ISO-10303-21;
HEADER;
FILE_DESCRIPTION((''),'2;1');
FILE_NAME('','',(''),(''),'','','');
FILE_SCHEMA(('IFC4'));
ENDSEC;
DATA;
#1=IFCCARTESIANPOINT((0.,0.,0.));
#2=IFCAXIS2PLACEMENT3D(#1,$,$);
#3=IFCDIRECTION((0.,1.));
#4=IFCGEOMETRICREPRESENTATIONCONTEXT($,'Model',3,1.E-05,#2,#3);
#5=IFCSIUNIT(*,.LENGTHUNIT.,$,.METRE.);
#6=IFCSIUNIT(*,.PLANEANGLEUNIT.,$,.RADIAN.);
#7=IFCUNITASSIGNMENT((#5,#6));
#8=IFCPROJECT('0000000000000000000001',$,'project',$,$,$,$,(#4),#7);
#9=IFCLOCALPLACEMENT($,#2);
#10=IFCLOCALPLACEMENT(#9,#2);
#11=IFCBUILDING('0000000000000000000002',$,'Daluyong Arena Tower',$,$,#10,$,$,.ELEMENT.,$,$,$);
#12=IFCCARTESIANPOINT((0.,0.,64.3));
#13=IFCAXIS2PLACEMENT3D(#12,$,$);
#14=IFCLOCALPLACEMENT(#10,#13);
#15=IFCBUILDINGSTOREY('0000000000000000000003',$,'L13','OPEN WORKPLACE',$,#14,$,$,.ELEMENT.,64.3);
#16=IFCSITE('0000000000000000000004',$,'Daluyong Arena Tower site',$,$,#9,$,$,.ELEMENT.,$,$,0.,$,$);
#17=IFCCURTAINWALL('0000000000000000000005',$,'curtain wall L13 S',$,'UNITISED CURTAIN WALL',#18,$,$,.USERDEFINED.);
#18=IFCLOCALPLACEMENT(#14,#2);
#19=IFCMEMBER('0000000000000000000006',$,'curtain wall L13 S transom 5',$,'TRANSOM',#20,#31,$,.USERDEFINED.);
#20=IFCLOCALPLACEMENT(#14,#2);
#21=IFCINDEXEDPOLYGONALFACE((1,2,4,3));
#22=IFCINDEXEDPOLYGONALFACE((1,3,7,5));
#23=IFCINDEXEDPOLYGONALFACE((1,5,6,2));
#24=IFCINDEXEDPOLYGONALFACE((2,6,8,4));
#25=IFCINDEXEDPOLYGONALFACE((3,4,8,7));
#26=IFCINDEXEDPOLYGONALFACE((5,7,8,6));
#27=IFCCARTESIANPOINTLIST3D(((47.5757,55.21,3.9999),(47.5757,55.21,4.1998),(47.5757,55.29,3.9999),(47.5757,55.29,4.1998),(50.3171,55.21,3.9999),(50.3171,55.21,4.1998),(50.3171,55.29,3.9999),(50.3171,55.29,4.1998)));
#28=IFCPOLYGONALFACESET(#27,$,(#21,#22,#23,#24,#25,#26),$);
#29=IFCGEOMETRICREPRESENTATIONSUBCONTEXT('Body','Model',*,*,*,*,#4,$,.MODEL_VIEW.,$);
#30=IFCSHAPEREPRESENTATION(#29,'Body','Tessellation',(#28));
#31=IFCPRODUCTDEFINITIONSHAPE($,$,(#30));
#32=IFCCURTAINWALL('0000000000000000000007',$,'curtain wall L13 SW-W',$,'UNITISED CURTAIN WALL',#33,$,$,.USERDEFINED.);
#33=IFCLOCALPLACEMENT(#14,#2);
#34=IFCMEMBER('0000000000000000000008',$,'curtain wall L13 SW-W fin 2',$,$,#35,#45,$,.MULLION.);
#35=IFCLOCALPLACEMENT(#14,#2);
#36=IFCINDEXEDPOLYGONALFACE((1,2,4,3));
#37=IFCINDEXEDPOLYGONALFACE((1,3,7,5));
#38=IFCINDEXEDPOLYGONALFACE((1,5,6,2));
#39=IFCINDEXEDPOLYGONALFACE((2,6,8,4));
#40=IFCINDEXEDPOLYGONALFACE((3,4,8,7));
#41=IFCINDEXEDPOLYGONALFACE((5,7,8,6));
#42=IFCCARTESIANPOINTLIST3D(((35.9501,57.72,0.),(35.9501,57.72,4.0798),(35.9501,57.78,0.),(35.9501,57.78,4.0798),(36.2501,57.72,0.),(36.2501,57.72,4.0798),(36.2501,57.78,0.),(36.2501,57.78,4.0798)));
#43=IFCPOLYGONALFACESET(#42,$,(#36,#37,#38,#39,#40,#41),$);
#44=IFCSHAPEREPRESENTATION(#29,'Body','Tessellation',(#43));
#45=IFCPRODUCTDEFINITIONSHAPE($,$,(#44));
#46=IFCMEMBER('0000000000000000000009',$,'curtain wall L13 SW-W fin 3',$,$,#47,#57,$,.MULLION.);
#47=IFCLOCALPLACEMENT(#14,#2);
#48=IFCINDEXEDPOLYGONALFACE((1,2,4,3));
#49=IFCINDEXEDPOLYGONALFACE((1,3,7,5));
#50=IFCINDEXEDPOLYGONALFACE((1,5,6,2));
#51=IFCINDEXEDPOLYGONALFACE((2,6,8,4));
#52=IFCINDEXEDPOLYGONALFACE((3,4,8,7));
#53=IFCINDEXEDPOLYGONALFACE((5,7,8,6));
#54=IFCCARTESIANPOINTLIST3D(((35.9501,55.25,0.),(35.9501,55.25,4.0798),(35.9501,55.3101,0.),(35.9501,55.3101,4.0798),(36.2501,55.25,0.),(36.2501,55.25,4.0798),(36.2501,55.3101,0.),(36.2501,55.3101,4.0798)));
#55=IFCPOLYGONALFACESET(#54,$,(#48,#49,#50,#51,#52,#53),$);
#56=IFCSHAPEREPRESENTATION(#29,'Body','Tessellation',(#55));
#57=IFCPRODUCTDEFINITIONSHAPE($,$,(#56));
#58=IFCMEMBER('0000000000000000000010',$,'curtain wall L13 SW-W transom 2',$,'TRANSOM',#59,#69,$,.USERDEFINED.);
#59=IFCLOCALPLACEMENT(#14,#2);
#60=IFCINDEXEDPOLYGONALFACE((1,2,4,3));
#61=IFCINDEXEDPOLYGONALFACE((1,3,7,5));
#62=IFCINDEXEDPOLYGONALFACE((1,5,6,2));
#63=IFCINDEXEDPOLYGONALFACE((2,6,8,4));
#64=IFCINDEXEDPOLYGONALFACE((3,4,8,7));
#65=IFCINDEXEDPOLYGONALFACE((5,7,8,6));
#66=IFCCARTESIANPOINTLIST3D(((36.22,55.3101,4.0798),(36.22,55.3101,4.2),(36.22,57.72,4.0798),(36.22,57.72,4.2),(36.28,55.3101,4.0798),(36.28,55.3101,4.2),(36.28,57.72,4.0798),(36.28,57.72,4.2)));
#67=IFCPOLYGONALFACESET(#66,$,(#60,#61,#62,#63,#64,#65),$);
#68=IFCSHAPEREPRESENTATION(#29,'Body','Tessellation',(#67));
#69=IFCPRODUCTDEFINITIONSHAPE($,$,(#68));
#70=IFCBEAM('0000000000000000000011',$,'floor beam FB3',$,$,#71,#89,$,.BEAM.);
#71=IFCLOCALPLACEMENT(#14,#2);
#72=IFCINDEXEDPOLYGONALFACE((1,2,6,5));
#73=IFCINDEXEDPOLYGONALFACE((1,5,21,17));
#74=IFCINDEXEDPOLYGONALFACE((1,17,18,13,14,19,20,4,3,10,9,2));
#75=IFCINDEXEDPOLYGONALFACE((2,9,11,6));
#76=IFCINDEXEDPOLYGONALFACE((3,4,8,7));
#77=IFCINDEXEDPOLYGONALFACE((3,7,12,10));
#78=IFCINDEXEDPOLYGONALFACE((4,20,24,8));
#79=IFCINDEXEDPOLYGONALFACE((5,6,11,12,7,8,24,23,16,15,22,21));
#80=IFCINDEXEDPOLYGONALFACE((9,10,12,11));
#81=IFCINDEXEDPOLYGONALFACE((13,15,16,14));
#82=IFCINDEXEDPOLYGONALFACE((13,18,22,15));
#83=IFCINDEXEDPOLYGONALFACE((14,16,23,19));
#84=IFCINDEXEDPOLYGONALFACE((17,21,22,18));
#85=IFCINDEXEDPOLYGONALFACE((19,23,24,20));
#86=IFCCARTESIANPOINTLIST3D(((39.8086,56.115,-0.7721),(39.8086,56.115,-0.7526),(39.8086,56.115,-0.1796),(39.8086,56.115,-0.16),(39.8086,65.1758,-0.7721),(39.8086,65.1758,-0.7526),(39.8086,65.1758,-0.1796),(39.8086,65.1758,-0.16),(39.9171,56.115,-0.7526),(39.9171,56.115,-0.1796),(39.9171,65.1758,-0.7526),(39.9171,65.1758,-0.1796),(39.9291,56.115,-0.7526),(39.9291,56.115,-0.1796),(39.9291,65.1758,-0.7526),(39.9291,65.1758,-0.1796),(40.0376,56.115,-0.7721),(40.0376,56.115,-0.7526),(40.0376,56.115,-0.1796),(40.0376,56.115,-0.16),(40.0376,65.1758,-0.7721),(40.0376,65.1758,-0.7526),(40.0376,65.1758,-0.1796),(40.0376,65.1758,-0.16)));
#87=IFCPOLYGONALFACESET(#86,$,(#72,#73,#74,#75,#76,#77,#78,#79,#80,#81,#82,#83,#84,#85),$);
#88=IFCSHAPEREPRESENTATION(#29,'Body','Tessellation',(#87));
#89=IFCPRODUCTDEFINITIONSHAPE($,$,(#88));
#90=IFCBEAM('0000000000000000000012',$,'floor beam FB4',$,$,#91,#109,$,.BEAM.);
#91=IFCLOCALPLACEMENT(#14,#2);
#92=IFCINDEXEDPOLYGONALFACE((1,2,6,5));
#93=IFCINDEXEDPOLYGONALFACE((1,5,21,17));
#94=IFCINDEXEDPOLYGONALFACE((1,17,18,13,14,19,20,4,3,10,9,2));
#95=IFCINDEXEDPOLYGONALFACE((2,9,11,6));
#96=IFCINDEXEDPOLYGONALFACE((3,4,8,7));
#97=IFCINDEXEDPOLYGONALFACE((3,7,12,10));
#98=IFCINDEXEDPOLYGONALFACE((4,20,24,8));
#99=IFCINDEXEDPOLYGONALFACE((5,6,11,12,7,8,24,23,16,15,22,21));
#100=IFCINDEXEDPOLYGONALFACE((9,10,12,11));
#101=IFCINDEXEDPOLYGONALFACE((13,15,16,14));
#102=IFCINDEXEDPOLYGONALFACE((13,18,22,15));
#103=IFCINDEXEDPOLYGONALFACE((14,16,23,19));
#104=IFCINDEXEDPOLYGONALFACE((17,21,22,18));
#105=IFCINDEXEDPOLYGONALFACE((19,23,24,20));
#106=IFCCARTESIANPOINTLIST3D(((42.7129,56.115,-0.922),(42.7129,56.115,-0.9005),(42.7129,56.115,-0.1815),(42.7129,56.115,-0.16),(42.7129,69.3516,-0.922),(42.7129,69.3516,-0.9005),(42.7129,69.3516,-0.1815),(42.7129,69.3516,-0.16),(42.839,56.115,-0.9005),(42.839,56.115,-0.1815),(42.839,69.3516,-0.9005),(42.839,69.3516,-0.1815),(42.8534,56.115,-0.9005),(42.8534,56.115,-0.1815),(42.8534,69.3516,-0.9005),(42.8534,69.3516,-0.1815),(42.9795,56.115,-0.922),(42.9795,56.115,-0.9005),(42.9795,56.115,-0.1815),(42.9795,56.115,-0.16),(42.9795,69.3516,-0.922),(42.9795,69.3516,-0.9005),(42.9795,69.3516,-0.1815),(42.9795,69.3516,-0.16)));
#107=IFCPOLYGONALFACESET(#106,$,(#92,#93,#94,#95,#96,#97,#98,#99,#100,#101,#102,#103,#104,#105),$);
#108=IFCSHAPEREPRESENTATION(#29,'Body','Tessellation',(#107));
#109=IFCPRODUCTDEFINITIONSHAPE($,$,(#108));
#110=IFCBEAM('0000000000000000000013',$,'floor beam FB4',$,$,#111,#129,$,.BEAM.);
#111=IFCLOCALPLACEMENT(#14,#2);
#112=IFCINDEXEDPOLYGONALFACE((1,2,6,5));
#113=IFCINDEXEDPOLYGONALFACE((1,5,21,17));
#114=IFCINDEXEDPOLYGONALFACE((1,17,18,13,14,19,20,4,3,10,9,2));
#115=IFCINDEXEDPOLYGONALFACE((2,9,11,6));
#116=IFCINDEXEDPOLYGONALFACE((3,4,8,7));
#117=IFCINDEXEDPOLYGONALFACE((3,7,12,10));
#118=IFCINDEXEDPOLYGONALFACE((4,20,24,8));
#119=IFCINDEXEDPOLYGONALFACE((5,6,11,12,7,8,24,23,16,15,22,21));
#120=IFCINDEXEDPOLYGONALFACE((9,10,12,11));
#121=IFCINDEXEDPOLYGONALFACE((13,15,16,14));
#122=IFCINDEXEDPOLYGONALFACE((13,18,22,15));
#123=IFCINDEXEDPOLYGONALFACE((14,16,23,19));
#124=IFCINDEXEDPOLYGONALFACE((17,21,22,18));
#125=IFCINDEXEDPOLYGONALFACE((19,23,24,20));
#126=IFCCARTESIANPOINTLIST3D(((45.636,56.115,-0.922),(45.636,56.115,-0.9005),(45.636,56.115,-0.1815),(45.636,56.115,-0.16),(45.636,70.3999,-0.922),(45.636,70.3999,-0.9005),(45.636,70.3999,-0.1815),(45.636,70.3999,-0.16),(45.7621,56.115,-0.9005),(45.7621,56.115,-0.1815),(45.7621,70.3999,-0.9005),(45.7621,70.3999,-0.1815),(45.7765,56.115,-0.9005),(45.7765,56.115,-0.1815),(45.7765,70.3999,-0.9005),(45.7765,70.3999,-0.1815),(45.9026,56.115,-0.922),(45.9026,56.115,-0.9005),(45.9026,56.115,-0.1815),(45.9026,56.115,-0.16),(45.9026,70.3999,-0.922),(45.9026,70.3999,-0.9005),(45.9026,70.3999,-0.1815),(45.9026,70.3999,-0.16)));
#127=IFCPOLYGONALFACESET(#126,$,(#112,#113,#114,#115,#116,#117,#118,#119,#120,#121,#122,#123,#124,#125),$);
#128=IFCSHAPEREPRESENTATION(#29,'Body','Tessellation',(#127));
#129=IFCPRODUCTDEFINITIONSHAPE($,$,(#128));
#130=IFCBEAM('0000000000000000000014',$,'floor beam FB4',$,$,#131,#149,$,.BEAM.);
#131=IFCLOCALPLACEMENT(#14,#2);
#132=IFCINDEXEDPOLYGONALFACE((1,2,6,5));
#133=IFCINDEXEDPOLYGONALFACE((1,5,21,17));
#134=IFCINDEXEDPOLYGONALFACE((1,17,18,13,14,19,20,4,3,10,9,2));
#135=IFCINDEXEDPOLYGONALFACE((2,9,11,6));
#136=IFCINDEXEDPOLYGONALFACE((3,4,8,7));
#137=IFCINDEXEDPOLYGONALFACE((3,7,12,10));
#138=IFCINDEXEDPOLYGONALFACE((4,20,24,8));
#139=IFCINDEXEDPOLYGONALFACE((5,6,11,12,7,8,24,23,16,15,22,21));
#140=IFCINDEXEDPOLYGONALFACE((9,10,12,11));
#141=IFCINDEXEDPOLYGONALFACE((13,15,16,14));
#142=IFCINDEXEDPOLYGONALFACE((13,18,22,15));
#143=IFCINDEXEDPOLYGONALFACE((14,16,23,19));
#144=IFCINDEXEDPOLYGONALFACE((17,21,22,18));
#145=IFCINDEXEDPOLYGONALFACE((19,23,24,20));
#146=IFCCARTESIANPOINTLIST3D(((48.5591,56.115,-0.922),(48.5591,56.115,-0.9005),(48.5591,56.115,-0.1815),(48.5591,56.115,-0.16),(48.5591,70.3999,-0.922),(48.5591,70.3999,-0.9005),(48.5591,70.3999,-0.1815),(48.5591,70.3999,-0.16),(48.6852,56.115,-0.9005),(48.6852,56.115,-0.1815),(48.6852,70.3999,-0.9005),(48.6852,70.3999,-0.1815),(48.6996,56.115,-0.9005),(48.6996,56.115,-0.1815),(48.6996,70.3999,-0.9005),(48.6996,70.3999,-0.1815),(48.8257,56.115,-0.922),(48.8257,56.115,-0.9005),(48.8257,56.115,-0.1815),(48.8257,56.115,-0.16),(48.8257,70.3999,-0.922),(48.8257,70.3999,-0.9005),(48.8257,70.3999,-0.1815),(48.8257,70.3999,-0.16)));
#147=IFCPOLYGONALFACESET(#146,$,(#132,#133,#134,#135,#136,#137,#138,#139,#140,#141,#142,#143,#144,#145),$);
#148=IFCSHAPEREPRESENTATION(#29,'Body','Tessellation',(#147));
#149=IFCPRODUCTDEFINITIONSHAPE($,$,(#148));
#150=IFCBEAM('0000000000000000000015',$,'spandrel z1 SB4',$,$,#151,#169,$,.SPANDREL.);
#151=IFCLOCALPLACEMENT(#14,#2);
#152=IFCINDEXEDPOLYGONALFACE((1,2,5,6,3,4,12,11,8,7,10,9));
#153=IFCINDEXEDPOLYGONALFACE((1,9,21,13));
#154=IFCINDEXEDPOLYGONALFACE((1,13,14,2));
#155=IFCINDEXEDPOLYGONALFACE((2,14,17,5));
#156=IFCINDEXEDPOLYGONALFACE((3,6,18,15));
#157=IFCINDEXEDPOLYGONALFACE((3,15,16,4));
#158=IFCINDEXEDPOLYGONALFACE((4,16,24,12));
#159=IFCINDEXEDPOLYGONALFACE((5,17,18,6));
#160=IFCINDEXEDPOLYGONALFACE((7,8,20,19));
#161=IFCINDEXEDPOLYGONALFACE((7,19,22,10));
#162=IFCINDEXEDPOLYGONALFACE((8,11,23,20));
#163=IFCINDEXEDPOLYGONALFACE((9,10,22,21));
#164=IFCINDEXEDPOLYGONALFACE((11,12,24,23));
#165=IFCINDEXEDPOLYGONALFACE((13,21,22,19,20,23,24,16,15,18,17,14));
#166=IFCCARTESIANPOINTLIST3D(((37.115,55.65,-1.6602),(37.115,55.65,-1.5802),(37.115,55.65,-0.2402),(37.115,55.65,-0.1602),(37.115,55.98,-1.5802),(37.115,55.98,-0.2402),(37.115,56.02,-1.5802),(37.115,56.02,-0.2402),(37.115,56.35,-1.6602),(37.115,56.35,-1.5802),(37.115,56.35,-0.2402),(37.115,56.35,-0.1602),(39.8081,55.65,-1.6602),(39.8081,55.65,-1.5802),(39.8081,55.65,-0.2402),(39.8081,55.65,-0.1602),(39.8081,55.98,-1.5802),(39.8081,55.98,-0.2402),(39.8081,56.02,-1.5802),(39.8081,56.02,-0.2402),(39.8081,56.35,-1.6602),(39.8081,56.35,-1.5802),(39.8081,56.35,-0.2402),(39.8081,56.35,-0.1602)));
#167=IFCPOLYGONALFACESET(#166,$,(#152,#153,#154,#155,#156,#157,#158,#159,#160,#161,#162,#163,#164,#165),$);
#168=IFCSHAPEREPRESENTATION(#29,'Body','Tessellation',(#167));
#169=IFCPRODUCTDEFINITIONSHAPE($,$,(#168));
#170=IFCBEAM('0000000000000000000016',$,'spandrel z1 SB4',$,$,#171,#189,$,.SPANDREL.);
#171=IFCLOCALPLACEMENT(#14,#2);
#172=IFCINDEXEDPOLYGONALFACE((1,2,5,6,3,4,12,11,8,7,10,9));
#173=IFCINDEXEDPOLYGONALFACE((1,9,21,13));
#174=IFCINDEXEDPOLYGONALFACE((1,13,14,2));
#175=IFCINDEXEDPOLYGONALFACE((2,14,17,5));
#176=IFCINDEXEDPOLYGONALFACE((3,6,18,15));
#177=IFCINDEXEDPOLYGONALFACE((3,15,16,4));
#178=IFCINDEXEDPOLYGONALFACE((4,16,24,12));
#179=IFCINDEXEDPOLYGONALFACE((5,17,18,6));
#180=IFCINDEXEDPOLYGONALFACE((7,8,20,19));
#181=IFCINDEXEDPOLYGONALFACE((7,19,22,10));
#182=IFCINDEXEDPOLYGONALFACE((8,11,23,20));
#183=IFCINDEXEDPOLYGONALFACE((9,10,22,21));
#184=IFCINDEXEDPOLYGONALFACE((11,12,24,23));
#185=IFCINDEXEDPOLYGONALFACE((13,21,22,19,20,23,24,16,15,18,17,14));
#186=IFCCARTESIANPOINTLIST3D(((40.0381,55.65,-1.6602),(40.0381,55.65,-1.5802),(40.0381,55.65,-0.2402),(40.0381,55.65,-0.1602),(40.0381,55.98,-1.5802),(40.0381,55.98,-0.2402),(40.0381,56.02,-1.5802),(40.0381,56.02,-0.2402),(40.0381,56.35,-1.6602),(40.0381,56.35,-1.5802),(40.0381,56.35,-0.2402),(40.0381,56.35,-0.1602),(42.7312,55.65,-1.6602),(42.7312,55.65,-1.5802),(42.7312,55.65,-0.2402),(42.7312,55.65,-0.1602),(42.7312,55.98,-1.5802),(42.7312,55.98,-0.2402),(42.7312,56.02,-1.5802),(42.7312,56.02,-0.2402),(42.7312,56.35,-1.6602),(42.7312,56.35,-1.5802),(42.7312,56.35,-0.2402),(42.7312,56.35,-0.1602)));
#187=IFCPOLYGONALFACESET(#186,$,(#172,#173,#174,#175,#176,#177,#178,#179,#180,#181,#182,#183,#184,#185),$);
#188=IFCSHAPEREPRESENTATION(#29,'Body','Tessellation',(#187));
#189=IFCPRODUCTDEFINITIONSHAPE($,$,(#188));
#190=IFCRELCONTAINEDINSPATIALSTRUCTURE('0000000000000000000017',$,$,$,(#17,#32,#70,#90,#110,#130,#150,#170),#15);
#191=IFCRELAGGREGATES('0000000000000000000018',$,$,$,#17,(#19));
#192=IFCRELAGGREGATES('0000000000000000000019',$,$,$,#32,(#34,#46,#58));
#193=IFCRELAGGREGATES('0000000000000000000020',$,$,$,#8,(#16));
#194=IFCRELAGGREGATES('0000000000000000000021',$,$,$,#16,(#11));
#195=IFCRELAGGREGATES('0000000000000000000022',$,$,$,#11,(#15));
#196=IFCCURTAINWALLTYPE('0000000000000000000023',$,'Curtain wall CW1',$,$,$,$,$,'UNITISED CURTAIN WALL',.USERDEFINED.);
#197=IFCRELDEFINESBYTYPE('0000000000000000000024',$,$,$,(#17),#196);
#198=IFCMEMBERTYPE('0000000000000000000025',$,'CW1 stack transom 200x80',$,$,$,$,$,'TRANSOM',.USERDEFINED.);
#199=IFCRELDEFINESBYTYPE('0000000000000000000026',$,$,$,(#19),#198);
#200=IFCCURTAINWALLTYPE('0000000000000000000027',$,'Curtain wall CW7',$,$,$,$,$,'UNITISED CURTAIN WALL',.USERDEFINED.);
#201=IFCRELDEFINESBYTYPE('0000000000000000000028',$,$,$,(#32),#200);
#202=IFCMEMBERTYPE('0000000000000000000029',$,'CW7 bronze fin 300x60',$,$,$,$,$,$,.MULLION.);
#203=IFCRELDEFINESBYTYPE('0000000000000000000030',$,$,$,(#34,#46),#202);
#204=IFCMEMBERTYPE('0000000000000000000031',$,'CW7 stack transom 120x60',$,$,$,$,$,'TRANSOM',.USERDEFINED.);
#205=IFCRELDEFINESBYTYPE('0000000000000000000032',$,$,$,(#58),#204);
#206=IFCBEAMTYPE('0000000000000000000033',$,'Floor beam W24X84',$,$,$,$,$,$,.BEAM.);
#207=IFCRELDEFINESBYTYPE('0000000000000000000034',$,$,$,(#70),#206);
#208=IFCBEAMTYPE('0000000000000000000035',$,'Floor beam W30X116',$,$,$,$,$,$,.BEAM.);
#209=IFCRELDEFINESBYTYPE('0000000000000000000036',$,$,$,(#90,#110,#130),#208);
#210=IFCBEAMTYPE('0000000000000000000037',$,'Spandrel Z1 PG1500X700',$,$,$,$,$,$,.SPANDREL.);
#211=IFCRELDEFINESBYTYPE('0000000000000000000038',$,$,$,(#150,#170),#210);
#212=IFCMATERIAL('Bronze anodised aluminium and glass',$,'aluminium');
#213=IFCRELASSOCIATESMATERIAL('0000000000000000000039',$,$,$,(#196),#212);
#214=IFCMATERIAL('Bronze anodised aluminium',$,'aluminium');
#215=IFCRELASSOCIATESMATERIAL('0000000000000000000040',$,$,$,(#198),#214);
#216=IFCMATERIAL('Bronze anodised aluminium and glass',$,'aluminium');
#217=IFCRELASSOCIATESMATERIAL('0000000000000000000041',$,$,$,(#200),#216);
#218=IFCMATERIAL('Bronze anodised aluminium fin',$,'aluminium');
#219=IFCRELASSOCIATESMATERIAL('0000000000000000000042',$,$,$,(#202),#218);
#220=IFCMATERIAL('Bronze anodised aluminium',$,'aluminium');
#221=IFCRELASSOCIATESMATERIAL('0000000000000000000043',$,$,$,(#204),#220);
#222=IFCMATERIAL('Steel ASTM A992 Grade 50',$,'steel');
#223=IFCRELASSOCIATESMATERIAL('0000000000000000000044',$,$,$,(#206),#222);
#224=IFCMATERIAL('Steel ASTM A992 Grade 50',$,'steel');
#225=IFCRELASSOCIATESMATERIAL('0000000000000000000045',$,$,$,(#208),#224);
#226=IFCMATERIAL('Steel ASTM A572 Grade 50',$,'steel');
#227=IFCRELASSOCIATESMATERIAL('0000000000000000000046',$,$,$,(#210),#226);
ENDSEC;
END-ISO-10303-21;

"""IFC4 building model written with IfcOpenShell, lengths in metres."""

from ifc_helpers import new_model, si_unit, direction, frame, origin, origin_2d, place, context, subcontext, project, spatial, rectangle, i_section, extrude, material, material_profile, profile_set, type_object, element, aggregate, save


model = new_model("IFC4")

# Units and contexts
model_context = context("Model", 3, precision=1e-05, world=origin(), true_north=direction((0.0, 1.0)))
body_context = subcontext(model_context, "Body", "Model", "MODEL_VIEW")
ifc_project = project(units=[si_unit("LENGTHUNIT", "METRE"), si_unit("PLANEANGLEUNIT", "RADIAN")], contexts=[model_context])

# Site, building, storey
site_placement = place(None, origin())
site = spatial("IfcSite", under=ifc_project, at=site_placement, Name="Daluyong Arena Tower site", CompositionType="ELEMENT", RefElevation=0.0)
building_placement = place(site_placement, origin())
building = spatial("IfcBuilding", under=site, at=building_placement, Name="Daluyong Arena Tower", CompositionType="ELEMENT")
storey_placement = place(building_placement, frame((0.0, 0.0, 64.3)))
storey = spatial("IfcBuildingStorey", under=building, at=storey_placement, Name="L13", Description="OPEN WORKPLACE", CompositionType="ELEMENT", Elevation=64.3)

# Curtain walls, members
ifc_material_1 = material(Name="Bronze anodised aluminium and glass", Category="aluminium")
curtain_wall_type_1 = type_object("IfcCurtainWallType", Name="Curtain wall CW1", ElementType="UNITISED CURTAIN WALL", PredefinedType="USERDEFINED", material=ifc_material_1)
curtain_wall_1_placement = place(storey_placement, origin())
curtain_wall_1 = element("IfcCurtainWall", 1, at=curtain_wall_1_placement, inside=storey, type_object=curtain_wall_type_1, Name="curtain wall L13 S", ObjectType="UNITISED CURTAIN WALL", PredefinedType="USERDEFINED")
ifc_material_2 = material(Name="Bronze anodised aluminium", Category="aluminium")
ifc_material_profile_1 = material_profile(ifc_material_2, rectangle(XDim=0.0801, YDim=0.2, at=origin_2d()))
ifc_profile_set_1 = profile_set([ifc_material_profile_1], Name="Bronze anodised aluminium")
member_type_1 = type_object("IfcMemberType", Name="CW1 stack transom 200x80", ElementType="TRANSOM", PredefinedType="USERDEFINED", material=ifc_profile_set_1)
member_1_placement = place(storey_placement, frame((47.5757, 55.25, 4.0999), z_axis=(1.0, 0.0, 0.0), x_axis=(0.0, 1.0, 0.0)))
member_1 = element("IfcMember", 2, at=member_1_placement, type_object=member_type_1, Name="curtain wall L13 S transom 5", ObjectType="TRANSOM", PredefinedType="USERDEFINED", context=body_context, shape_type="SweptSolid", body=[
    extrude(rectangle(XDim=0.0801, YDim=0.2, at=origin_2d()), origin(), (0.0, 0.0, 1.0), 2.7415),
])
ifc_material_3 = material(Name="Bronze anodised aluminium and glass", Category="aluminium")
curtain_wall_type_2 = type_object("IfcCurtainWallType", Name="Curtain wall CW7", ElementType="UNITISED CURTAIN WALL", PredefinedType="USERDEFINED", material=ifc_material_3)
curtain_wall_2_placement = place(storey_placement, origin())
curtain_wall_2 = element("IfcCurtainWall", 3, at=curtain_wall_2_placement, inside=storey, type_object=curtain_wall_type_2, Name="curtain wall L13 SW-W", ObjectType="UNITISED CURTAIN WALL", PredefinedType="USERDEFINED")
ifc_material_4 = material(Name="Bronze anodised aluminium fin", Category="aluminium")
ifc_material_profile_2 = material_profile(ifc_material_4, rectangle(XDim=0.3, YDim=0.0601, at=origin_2d()))
ifc_profile_set_2 = profile_set([ifc_material_profile_2], Name="Bronze anodised aluminium fin")
member_type_2 = type_object("IfcMemberType", Name="CW7 bronze fin 300x60", PredefinedType="MULLION", material=ifc_profile_set_2)
member_2_placement = place(storey_placement, frame((36.1001, 57.75, 0.0), z_axis=(0.0, 0.0, 1.0), x_axis=(1.0, 0.0, 0.0)))
member_2 = element("IfcMember", 4, at=member_2_placement, type_object=member_type_2, Name="curtain wall L13 SW-W fin 2", PredefinedType="MULLION", context=body_context, shape_type="SweptSolid", body=[
    extrude(rectangle(XDim=0.3, YDim=0.0601, at=origin_2d()), origin(), (0.0, 0.0, 1.0), 4.0798),
])
member_3_placement = place(storey_placement, frame((36.1001, 55.28, 0.0), z_axis=(0.0, 0.0, 1.0), x_axis=(1.0, 0.0, 0.0)))
member_3 = element("IfcMember", 5, at=member_3_placement, type_object=member_type_2, Name="curtain wall L13 SW-W fin 3", PredefinedType="MULLION", context=body_context, shape_type="SweptSolid", body=[
    extrude(rectangle(XDim=0.3, YDim=0.0601, at=origin_2d()), origin(), (0.0, 0.0, 1.0), 4.0798),
])
ifc_material_5 = material(Name="Bronze anodised aluminium", Category="aluminium")
ifc_material_profile_3 = material_profile(ifc_material_5, rectangle(XDim=0.0601, YDim=0.1201, at=origin_2d()))
ifc_profile_set_3 = profile_set([ifc_material_profile_3], Name="Bronze anodised aluminium")
member_type_3 = type_object("IfcMemberType", Name="CW7 stack transom 120x60", ElementType="TRANSOM", PredefinedType="USERDEFINED", material=ifc_profile_set_3)
member_4_placement = place(storey_placement, frame((36.25, 57.72, 4.1399), z_axis=(0.0, -1.0, 0.0), x_axis=(1.0, 0.0, 0.0)))
member_4 = element("IfcMember", 6, at=member_4_placement, type_object=member_type_3, Name="curtain wall L13 SW-W transom 2", ObjectType="TRANSOM", PredefinedType="USERDEFINED", context=body_context, shape_type="SweptSolid", body=[
    extrude(rectangle(XDim=0.0601, YDim=0.1201, at=origin_2d()), origin(), (0.0, 0.0, 1.0), 2.4099),
])

# Beams
ifc_material_6 = material(Name="Steel ASTM A992 Grade 50", Category="steel")
ifc_material_profile_4 = material_profile(ifc_material_6, i_section(OverallWidth=0.229, OverallDepth=0.6121, WebThickness=0.012, FlangeThickness=0.0195, at=origin_2d()))
ifc_profile_set_4 = profile_set([ifc_material_profile_4], Name="Steel ASTM A992 Grade 50")
beam_type_1 = type_object("IfcBeamType", Name="Floor beam W24X84", PredefinedType="BEAM", material=ifc_profile_set_4)
beam_1_placement = place(storey_placement, frame((39.9231, 56.115, -0.4661), z_axis=(0.0, 1.0, 0.0), x_axis=(-1.0, 0.0, 0.0)))
element("IfcBeam", 7, at=beam_1_placement, inside=storey, type_object=beam_type_1, Name="floor beam FB3", PredefinedType="BEAM", context=body_context, shape_type="SweptSolid", body=[
    extrude(i_section(OverallWidth=0.229, OverallDepth=0.6121, WebThickness=0.012, FlangeThickness=0.0195, at=origin_2d()), origin(), (0.0, 0.0, 1.0), 9.0608),
])
ifc_material_7 = material(Name="Steel ASTM A992 Grade 50", Category="steel")
ifc_material_profile_5 = material_profile(ifc_material_7, i_section(OverallWidth=0.2666, OverallDepth=0.762, WebThickness=0.0144, FlangeThickness=0.0215, at=origin_2d()))
ifc_profile_set_5 = profile_set([ifc_material_profile_5], Name="Steel ASTM A992 Grade 50")
beam_type_2 = type_object("IfcBeamType", Name="Floor beam W30X116", PredefinedType="BEAM", material=ifc_profile_set_5)
beam_2_placement = place(storey_placement, frame((42.8462, 56.115, -0.541), z_axis=(0.0, 1.0, 0.0), x_axis=(-1.0, 0.0, 0.0)))
element("IfcBeam", 8, at=beam_2_placement, inside=storey, type_object=beam_type_2, Name="floor beam FB4", PredefinedType="BEAM", context=body_context, shape_type="SweptSolid", body=[
    extrude(i_section(OverallWidth=0.2666, OverallDepth=0.762, WebThickness=0.0144, FlangeThickness=0.0215, at=origin_2d()), origin(), (0.0, 0.0, 1.0), 13.2366),
])
for number, where, z_axis, x_axis, name in (
    (9, (45.7693, 56.115, -0.541), (0.0, 1.0, 0.0), (-1.0, 0.0, 0.0), "floor beam FB4"),
    (10, (48.6924, 56.115, -0.541), (0.0, 1.0, 0.0), (-1.0, 0.0, 0.0), "floor beam FB4"),
):
    element("IfcBeam", number, at=place(storey_placement, frame(where, z_axis=z_axis, x_axis=x_axis)), inside=storey, type_object=beam_type_2, Name=name, PredefinedType="BEAM", context=body_context, shape_type="SweptSolid", body=[
        extrude(i_section(OverallWidth=0.2666, OverallDepth=0.762, WebThickness=0.0144, FlangeThickness=0.0215, at=origin_2d()), origin(), (0.0, 0.0, 1.0), 14.2849),
    ])
ifc_material_8 = material(Name="Steel ASTM A572 Grade 50", Category="steel")
ifc_material_profile_6 = material_profile(ifc_material_8, i_section(OverallWidth=0.7, OverallDepth=1.5, WebThickness=0.04, FlangeThickness=0.08, at=origin_2d()))
ifc_profile_set_6 = profile_set([ifc_material_profile_6], Name="Steel ASTM A572 Grade 50")
beam_type_3 = type_object("IfcBeamType", Name="Spandrel Z1 PG1500X700", PredefinedType="SPANDREL", material=ifc_profile_set_6)
for number, where, z_axis, x_axis, name in (
    (11, (37.115, 56.0, -0.9102), (1.0, 0.0, 0.0), (0.0, 1.0, 0.0), "spandrel z1 SB4"),
    (12, (40.0381, 56.0, -0.9102), (1.0, 0.0, 0.0), (0.0, 1.0, 0.0), "spandrel z1 SB4"),
):
    element("IfcBeam", number, at=place(storey_placement, frame(where, z_axis=z_axis, x_axis=x_axis)), inside=storey, type_object=beam_type_3, Name=name, PredefinedType="SPANDREL", context=body_context, shape_type="SweptSolid", body=[
        extrude(i_section(OverallWidth=0.7, OverallDepth=1.5, WebThickness=0.04, FlangeThickness=0.08, at=origin_2d()), origin(), (0.0, 0.0, 1.0), 2.6931),
    ])

aggregate(curtain_wall_1, [member_1])
aggregate(curtain_wall_2, [member_2, member_3, member_4])

save(model, "model.ifc")
